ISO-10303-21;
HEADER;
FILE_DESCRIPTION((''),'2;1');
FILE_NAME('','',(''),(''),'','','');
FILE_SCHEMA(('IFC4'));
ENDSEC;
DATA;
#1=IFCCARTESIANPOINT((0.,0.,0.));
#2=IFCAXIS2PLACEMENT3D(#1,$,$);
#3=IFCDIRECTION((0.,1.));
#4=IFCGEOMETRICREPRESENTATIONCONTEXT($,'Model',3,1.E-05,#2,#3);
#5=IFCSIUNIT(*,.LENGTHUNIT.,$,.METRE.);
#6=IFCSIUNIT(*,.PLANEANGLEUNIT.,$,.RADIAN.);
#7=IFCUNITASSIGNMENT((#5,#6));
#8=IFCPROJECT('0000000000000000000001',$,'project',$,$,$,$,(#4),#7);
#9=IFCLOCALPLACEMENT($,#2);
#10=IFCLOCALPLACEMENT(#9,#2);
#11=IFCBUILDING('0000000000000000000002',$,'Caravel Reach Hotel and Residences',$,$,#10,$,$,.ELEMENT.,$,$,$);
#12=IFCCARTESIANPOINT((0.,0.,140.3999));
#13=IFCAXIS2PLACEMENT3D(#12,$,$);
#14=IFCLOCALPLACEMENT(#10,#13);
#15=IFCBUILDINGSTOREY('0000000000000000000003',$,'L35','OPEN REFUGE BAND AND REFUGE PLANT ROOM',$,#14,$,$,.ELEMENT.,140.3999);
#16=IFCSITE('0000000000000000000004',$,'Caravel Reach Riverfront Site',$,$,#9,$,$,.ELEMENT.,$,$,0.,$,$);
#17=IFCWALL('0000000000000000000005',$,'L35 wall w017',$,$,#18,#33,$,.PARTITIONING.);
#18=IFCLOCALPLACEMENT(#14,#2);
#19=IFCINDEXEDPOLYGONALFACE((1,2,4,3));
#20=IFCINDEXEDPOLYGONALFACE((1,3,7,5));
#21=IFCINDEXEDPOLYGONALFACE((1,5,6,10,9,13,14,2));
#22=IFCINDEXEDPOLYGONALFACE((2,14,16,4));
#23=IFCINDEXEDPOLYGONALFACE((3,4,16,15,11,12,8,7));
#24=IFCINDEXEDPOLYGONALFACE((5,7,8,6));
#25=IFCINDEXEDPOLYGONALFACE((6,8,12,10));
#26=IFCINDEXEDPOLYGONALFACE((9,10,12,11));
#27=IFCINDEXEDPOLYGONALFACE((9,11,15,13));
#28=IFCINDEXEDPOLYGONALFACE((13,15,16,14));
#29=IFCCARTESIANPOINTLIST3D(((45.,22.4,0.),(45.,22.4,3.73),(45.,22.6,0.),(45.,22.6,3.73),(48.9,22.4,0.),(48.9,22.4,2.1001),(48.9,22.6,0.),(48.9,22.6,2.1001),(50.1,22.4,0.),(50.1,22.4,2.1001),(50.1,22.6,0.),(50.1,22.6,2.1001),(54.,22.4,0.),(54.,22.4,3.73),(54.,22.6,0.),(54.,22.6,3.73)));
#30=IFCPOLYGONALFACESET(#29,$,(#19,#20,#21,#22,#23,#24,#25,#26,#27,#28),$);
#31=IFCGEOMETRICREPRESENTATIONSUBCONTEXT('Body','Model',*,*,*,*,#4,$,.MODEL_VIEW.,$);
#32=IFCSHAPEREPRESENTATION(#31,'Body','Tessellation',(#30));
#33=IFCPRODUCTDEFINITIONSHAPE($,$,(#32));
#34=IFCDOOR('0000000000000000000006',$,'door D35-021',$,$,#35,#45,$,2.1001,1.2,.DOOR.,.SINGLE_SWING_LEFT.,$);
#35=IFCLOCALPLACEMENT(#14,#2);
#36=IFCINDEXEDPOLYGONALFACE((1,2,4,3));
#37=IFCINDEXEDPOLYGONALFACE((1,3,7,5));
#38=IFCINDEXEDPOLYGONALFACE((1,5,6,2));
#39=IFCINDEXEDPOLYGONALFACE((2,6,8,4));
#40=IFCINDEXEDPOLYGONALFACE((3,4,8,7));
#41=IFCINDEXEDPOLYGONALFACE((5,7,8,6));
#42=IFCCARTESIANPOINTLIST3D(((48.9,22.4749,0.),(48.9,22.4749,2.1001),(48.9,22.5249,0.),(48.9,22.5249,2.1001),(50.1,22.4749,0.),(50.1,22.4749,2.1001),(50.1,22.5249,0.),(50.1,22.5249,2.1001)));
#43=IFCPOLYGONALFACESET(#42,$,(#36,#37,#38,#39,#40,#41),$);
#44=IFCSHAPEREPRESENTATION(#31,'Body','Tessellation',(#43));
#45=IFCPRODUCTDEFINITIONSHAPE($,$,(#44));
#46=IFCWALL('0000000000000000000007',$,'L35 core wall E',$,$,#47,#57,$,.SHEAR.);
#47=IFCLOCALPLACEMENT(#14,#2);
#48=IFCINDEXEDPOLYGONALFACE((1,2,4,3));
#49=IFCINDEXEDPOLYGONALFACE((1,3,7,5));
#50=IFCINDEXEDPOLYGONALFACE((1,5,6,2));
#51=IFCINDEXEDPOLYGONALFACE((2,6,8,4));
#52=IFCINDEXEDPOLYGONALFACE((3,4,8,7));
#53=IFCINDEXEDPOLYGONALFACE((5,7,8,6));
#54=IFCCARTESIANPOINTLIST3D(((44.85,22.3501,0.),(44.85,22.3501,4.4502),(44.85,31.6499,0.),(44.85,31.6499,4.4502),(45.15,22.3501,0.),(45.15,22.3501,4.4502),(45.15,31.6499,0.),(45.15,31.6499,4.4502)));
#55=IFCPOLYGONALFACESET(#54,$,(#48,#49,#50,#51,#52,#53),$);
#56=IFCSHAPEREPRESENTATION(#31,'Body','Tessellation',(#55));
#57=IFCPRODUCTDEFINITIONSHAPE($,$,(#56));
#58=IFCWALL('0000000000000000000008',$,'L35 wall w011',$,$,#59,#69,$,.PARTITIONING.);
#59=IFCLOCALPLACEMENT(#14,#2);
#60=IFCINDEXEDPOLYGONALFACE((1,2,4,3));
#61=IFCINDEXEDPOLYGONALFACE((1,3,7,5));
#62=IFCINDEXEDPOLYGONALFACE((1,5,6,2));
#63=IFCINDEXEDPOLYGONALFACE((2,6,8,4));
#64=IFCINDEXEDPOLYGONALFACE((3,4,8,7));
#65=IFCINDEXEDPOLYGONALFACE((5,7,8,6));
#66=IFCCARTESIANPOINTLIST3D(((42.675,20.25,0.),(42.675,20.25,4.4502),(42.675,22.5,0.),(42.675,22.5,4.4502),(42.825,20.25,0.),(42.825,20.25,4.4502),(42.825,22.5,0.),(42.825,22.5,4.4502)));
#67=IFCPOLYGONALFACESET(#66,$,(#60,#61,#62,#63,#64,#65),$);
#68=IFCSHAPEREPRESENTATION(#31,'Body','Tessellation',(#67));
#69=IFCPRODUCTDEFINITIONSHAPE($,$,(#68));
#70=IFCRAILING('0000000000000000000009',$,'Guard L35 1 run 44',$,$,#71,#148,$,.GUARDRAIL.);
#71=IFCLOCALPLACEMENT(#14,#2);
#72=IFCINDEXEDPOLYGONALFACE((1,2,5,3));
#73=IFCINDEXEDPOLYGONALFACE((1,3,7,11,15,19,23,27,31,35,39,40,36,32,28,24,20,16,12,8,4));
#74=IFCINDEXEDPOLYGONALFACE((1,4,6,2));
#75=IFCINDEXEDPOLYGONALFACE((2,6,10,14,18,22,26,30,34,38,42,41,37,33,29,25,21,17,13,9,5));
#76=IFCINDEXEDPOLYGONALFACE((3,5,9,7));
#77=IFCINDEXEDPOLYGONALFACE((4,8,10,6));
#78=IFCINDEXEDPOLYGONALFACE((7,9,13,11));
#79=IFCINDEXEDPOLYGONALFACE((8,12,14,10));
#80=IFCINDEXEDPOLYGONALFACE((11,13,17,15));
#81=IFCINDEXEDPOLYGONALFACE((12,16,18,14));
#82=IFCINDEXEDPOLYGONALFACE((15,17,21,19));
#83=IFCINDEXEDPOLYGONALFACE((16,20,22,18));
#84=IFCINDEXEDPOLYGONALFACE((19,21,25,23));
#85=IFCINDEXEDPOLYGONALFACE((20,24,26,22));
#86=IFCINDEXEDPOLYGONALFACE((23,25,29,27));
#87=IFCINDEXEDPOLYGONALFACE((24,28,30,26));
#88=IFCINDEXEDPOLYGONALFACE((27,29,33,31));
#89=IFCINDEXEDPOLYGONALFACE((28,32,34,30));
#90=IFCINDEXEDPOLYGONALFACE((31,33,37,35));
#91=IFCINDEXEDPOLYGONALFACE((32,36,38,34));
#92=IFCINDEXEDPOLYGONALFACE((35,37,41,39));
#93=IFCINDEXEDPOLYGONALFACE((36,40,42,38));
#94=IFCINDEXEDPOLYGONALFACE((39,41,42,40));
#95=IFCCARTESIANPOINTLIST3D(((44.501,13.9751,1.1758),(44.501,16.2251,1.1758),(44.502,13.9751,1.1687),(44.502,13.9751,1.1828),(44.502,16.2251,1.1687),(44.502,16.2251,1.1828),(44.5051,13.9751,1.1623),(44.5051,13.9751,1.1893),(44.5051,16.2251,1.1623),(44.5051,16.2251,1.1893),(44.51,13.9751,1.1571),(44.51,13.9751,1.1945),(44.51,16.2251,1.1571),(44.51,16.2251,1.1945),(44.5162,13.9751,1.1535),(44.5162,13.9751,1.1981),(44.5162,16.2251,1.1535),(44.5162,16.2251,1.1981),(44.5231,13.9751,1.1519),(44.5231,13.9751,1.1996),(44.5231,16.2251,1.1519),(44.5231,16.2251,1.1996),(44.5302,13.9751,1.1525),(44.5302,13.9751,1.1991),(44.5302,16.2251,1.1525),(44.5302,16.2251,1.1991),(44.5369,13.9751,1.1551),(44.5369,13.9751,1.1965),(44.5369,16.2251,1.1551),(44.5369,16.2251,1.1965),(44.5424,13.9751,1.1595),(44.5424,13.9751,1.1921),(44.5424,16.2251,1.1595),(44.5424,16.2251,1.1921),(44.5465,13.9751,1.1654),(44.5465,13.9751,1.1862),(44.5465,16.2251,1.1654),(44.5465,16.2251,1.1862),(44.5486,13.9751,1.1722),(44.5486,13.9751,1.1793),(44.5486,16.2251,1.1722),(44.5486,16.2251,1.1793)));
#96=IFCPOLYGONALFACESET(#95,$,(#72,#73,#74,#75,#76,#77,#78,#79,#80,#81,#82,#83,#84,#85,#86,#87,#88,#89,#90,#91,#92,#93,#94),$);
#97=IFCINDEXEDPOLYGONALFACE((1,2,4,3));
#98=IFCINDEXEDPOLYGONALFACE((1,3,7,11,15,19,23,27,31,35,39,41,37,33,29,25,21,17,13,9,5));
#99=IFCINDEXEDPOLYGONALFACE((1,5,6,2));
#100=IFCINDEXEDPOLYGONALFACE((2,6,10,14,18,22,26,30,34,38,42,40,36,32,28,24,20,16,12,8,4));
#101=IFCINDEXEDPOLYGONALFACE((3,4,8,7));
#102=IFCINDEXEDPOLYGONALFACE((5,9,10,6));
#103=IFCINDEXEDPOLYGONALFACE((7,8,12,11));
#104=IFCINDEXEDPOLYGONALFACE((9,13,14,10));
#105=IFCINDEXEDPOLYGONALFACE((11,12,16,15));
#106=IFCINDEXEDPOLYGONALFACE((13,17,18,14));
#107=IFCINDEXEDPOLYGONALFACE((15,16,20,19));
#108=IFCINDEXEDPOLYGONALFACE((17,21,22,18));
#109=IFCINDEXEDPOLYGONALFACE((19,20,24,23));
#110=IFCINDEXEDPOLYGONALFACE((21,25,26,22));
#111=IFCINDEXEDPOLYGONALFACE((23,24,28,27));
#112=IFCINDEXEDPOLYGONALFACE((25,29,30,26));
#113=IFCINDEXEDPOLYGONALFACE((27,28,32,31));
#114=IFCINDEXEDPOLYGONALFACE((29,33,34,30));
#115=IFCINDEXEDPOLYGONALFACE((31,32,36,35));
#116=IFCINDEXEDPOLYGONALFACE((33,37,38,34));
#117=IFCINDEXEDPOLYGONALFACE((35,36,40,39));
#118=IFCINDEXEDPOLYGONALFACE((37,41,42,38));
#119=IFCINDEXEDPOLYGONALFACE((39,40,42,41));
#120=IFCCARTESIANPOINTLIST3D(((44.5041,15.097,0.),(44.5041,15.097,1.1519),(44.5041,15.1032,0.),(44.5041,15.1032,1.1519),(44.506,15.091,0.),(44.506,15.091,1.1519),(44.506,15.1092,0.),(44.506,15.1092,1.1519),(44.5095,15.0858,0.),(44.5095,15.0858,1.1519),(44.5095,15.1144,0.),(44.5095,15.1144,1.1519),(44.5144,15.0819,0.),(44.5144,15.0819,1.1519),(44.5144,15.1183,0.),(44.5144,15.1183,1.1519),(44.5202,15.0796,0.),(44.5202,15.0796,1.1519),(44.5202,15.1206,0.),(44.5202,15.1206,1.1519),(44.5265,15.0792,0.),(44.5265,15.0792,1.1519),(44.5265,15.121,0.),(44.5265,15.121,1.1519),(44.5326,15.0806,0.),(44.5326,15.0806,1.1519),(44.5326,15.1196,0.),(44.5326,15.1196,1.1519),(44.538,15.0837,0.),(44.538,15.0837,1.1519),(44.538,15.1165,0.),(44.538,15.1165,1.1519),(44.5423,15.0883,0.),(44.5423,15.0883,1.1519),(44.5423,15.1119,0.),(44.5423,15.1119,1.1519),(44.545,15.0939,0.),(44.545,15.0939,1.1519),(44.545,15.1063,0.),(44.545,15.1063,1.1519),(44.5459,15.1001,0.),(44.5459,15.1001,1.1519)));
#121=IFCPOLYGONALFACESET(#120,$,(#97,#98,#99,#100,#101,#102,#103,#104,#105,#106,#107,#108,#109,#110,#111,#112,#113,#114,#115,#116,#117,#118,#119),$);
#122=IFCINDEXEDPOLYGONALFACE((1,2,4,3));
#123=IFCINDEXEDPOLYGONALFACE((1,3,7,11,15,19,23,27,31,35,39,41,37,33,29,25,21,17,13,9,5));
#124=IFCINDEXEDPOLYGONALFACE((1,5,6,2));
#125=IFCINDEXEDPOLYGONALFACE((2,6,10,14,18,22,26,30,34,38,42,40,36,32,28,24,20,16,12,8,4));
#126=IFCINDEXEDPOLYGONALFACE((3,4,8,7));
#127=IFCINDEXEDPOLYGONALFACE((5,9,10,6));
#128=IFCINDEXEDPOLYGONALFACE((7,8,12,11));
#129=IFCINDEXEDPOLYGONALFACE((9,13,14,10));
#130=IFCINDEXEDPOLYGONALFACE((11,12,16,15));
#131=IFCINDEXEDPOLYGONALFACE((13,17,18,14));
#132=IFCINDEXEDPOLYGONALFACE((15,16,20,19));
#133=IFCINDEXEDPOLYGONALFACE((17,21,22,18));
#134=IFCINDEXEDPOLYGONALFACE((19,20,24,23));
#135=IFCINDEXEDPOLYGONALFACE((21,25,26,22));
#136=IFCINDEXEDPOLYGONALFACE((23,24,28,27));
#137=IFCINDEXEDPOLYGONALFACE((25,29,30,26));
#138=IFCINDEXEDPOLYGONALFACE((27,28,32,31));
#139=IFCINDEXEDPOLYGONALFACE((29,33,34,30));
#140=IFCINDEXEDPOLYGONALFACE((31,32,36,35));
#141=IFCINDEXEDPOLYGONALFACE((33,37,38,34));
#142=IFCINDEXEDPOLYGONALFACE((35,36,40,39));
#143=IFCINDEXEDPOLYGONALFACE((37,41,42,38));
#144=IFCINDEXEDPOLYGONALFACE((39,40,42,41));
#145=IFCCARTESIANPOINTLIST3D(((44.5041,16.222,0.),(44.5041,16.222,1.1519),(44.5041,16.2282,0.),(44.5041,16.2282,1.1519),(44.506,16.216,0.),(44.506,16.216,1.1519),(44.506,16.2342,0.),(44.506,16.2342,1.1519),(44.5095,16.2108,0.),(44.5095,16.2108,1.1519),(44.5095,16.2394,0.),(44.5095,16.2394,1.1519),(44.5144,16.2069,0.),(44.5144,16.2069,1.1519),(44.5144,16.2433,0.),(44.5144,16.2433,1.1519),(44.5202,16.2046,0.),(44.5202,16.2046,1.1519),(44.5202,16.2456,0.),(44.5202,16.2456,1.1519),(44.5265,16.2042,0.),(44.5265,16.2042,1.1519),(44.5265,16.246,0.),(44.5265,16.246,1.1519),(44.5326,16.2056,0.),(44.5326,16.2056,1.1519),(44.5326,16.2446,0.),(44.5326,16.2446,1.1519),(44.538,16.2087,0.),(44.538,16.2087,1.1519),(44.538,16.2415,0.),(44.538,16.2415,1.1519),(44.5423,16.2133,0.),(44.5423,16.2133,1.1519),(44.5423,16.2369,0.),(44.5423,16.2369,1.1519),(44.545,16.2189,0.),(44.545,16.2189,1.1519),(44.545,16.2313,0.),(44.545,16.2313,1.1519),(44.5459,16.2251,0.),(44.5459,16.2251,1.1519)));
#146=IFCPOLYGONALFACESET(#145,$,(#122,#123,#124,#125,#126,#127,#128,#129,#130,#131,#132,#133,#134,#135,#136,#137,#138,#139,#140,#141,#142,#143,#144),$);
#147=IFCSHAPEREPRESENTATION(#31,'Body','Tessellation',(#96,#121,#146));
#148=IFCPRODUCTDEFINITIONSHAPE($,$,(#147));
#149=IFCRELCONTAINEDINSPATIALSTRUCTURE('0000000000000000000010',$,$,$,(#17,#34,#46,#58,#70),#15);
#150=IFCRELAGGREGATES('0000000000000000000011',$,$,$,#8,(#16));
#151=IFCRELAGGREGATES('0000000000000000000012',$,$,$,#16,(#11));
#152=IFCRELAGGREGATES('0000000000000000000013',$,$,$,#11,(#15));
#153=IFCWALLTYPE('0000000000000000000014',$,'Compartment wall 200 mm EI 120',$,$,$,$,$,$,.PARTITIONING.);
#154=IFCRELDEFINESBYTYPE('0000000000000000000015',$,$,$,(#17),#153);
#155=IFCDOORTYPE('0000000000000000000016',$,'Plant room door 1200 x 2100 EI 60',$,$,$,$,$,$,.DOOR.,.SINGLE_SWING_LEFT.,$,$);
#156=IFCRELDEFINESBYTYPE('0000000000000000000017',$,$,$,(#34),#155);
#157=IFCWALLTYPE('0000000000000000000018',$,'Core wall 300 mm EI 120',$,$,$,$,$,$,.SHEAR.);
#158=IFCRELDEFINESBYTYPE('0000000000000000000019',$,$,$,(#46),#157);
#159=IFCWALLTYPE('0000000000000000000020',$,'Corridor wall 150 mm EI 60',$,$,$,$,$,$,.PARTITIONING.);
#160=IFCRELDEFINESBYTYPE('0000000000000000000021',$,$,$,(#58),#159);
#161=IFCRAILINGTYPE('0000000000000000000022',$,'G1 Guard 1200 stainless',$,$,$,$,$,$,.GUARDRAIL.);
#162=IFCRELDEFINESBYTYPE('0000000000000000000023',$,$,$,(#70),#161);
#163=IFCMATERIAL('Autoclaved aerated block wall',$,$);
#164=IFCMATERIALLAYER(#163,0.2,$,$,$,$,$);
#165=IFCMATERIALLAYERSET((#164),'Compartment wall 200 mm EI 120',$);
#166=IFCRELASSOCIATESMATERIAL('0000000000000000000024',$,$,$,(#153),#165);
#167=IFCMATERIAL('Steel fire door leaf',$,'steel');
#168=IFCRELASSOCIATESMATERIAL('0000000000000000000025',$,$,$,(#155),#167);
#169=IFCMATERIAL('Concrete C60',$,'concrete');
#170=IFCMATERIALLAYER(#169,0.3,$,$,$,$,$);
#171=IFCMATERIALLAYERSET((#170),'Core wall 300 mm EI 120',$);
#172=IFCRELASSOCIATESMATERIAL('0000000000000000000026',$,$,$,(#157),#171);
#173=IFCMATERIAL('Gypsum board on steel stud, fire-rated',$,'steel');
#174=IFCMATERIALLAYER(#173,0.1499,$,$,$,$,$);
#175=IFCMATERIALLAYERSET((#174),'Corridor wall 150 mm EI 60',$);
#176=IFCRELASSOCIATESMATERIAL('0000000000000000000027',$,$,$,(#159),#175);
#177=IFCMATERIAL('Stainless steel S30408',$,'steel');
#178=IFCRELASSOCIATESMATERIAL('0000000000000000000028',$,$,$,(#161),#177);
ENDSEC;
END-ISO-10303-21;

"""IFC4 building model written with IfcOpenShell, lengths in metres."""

from ifc_helpers import new_model, si_unit, direction, frame, frame_2d, origin, origin_2d, place, context, subcontext, project, spatial, rectangle, circle, extrude, material, layer, layer_set, type_object, element, fill, save


model = new_model("IFC4")

# Units and contexts
model_context = context("Model", 3, precision=1e-05, world=origin(), true_north=direction((0.0, 1.0)))
body_context = subcontext(model_context, "Body", "Model", "MODEL_VIEW")
ifc_project = project(units=[si_unit("LENGTHUNIT", "METRE"), si_unit("PLANEANGLEUNIT", "RADIAN")], contexts=[model_context])

# Site, building, storey
site_placement = place(None, origin())
site = spatial("IfcSite", under=ifc_project, at=site_placement, Name="Caravel Reach Riverfront Site", CompositionType="ELEMENT", RefElevation=0.0)
building_placement = place(site_placement, origin())
building = spatial("IfcBuilding", under=site, at=building_placement, Name="Caravel Reach Hotel and Residences", CompositionType="ELEMENT")
storey_placement = place(building_placement, frame((0.0, 0.0, 140.3999)))
storey = spatial("IfcBuildingStorey", under=building, at=storey_placement, Name="L35", Description="OPEN REFUGE BAND AND REFUGE PLANT ROOM", CompositionType="ELEMENT", Elevation=140.3999)

# Wall, opening, door
ifc_material_1 = material(Name="Autoclaved aerated block wall")
ifc_layer_1 = layer(ifc_material_1, 0.2)
ifc_layer_set_1 = layer_set([ifc_layer_1], Name="Compartment wall 200 mm EI 120")
wall_type_1 = type_object("IfcWallType", Name="Compartment wall 200 mm EI 120", PredefinedType="PARTITIONING", material=ifc_layer_set_1)
wall_1_placement = place(storey_placement, frame((45.0, 22.5, 0.0), z_axis=(0.0, 0.0, 1.0), x_axis=(1.0, 0.0, 0.0)))
wall_1 = element("IfcWall", 1, at=wall_1_placement, inside=storey, type_object=wall_type_1, Name="L35 wall w017", PredefinedType="PARTITIONING", context=body_context, shape_type="SweptSolid", body=[
    extrude(rectangle(XDim=9.0, YDim=0.2, at=frame_2d((4.5, 0.0))), origin(), (0.0, 0.0, 1.0), 3.73),
])
opening_placement = place(wall_1_placement, frame((3.8999, 0.0, 0.0)))
opening = element("IfcOpeningElement", 2, at=opening_placement, cuts=wall_1, PredefinedType="OPENING", context=body_context, shape_type="SweptSolid", body=[
    extrude(rectangle(XDim=1.2, YDim=2.1001, at=frame_2d((0.6001, 1.05))), frame((0.0, 0.1099, 0.0), z_axis=(0.0, -1.0, 0.0), x_axis=(1.0, 0.0, 0.0)), (0.0, 0.0, 1.0), 0.22),
])
ifc_material_2 = material(Name="Steel fire door leaf", Category="steel")
door_type = type_object("IfcDoorType", Name="Plant room door 1200 x 2100 EI 60", OperationType="SINGLE_SWING_LEFT", PredefinedType="DOOR", material=ifc_material_2)
door_placement = place(opening_placement, origin())
door = element("IfcDoor", 3, at=door_placement, inside=storey, type_object=door_type, Name="door D35-021", OperationType="SINGLE_SWING_LEFT", OverallHeight=2.1001, OverallWidth=1.2, PredefinedType="DOOR", context=body_context, shape_type="SweptSolid", body=[
    extrude(rectangle(XDim=1.2, YDim=2.1001, at=frame_2d((0.6001, 1.05))), frame((0.0, 0.0249, 0.0), z_axis=(0.0, -1.0, 0.0), x_axis=(1.0, 0.0, 0.0)), (0.0, 0.0, 1.0), 0.05),
])
fill(opening, door)

# Walls
ifc_material_3 = material(Name="Concrete C60", Category="concrete")
ifc_layer_2 = layer(ifc_material_3, 0.3)
ifc_layer_set_2 = layer_set([ifc_layer_2], Name="Core wall 300 mm EI 120")
wall_type_2 = type_object("IfcWallType", Name="Core wall 300 mm EI 120", PredefinedType="SHEAR", material=ifc_layer_set_2)
wall_2_placement = place(storey_placement, frame((45.0, 22.3501, 0.0), z_axis=(0.0, 0.0, 1.0), x_axis=(0.0, 1.0, 0.0)))
element("IfcWall", 4, at=wall_2_placement, inside=storey, type_object=wall_type_2, Name="L35 core wall E", PredefinedType="SHEAR", context=body_context, shape_type="SweptSolid", body=[
    extrude(rectangle(XDim=9.2998, YDim=0.3, at=frame_2d((4.6499, 0.0))), origin(), (0.0, 0.0, 1.0), 4.4502),
])
ifc_material_4 = material(Name="Gypsum board on steel stud, fire-rated", Category="steel")
ifc_layer_3 = layer(ifc_material_4, 0.1499)
ifc_layer_set_3 = layer_set([ifc_layer_3], Name="Corridor wall 150 mm EI 60")
wall_type_3 = type_object("IfcWallType", Name="Corridor wall 150 mm EI 60", PredefinedType="PARTITIONING", material=ifc_layer_set_3)
wall_3_placement = place(storey_placement, frame((42.75, 20.25, 0.0), z_axis=(0.0, 0.0, 1.0), x_axis=(0.0, 1.0, 0.0)))
element("IfcWall", 5, at=wall_3_placement, inside=storey, type_object=wall_type_3, Name="L35 wall w011", PredefinedType="PARTITIONING", context=body_context, shape_type="SweptSolid", body=[
    extrude(rectangle(XDim=2.25, YDim=0.1499, at=frame_2d((1.125, 0.0))), origin(), (0.0, 0.0, 1.0), 4.4502),
])

# Railing
ifc_material_5 = material(Name="Stainless steel S30408", Category="steel")
railing_type = type_object("IfcRailingType", Name="G1 Guard 1200 stainless", PredefinedType="GUARDRAIL", material=ifc_material_5)
railing_1_placement = place(storey_placement, frame((44.5249, 13.9751, 0.0)))
element("IfcRailing", 6, at=railing_1_placement, inside=storey, type_object=railing_type, Name="Guard L35 1 run 44", PredefinedType="GUARDRAIL", context=body_context, shape_type="SweptSolid", body=[
    extrude(circle(Radius=0.0239, at=origin_2d()), frame((0.0, 0.0, 1.1758), z_axis=(0.0, 1.0, 0.0), x_axis=(-1.0, 0.0, 0.0)), (0.0, 0.0, 1.0), 2.25),
    extrude(circle(Radius=0.021, at=origin_2d()), frame((0.0, 1.125, 0.0)), (0.0, 0.0, 1.0), 1.1519),
    extrude(circle(Radius=0.021, at=origin_2d()), frame((0.0, 2.25, 0.0)), (0.0, 0.0, 1.0), 1.1519),
])

save(model, "model.ifc")
